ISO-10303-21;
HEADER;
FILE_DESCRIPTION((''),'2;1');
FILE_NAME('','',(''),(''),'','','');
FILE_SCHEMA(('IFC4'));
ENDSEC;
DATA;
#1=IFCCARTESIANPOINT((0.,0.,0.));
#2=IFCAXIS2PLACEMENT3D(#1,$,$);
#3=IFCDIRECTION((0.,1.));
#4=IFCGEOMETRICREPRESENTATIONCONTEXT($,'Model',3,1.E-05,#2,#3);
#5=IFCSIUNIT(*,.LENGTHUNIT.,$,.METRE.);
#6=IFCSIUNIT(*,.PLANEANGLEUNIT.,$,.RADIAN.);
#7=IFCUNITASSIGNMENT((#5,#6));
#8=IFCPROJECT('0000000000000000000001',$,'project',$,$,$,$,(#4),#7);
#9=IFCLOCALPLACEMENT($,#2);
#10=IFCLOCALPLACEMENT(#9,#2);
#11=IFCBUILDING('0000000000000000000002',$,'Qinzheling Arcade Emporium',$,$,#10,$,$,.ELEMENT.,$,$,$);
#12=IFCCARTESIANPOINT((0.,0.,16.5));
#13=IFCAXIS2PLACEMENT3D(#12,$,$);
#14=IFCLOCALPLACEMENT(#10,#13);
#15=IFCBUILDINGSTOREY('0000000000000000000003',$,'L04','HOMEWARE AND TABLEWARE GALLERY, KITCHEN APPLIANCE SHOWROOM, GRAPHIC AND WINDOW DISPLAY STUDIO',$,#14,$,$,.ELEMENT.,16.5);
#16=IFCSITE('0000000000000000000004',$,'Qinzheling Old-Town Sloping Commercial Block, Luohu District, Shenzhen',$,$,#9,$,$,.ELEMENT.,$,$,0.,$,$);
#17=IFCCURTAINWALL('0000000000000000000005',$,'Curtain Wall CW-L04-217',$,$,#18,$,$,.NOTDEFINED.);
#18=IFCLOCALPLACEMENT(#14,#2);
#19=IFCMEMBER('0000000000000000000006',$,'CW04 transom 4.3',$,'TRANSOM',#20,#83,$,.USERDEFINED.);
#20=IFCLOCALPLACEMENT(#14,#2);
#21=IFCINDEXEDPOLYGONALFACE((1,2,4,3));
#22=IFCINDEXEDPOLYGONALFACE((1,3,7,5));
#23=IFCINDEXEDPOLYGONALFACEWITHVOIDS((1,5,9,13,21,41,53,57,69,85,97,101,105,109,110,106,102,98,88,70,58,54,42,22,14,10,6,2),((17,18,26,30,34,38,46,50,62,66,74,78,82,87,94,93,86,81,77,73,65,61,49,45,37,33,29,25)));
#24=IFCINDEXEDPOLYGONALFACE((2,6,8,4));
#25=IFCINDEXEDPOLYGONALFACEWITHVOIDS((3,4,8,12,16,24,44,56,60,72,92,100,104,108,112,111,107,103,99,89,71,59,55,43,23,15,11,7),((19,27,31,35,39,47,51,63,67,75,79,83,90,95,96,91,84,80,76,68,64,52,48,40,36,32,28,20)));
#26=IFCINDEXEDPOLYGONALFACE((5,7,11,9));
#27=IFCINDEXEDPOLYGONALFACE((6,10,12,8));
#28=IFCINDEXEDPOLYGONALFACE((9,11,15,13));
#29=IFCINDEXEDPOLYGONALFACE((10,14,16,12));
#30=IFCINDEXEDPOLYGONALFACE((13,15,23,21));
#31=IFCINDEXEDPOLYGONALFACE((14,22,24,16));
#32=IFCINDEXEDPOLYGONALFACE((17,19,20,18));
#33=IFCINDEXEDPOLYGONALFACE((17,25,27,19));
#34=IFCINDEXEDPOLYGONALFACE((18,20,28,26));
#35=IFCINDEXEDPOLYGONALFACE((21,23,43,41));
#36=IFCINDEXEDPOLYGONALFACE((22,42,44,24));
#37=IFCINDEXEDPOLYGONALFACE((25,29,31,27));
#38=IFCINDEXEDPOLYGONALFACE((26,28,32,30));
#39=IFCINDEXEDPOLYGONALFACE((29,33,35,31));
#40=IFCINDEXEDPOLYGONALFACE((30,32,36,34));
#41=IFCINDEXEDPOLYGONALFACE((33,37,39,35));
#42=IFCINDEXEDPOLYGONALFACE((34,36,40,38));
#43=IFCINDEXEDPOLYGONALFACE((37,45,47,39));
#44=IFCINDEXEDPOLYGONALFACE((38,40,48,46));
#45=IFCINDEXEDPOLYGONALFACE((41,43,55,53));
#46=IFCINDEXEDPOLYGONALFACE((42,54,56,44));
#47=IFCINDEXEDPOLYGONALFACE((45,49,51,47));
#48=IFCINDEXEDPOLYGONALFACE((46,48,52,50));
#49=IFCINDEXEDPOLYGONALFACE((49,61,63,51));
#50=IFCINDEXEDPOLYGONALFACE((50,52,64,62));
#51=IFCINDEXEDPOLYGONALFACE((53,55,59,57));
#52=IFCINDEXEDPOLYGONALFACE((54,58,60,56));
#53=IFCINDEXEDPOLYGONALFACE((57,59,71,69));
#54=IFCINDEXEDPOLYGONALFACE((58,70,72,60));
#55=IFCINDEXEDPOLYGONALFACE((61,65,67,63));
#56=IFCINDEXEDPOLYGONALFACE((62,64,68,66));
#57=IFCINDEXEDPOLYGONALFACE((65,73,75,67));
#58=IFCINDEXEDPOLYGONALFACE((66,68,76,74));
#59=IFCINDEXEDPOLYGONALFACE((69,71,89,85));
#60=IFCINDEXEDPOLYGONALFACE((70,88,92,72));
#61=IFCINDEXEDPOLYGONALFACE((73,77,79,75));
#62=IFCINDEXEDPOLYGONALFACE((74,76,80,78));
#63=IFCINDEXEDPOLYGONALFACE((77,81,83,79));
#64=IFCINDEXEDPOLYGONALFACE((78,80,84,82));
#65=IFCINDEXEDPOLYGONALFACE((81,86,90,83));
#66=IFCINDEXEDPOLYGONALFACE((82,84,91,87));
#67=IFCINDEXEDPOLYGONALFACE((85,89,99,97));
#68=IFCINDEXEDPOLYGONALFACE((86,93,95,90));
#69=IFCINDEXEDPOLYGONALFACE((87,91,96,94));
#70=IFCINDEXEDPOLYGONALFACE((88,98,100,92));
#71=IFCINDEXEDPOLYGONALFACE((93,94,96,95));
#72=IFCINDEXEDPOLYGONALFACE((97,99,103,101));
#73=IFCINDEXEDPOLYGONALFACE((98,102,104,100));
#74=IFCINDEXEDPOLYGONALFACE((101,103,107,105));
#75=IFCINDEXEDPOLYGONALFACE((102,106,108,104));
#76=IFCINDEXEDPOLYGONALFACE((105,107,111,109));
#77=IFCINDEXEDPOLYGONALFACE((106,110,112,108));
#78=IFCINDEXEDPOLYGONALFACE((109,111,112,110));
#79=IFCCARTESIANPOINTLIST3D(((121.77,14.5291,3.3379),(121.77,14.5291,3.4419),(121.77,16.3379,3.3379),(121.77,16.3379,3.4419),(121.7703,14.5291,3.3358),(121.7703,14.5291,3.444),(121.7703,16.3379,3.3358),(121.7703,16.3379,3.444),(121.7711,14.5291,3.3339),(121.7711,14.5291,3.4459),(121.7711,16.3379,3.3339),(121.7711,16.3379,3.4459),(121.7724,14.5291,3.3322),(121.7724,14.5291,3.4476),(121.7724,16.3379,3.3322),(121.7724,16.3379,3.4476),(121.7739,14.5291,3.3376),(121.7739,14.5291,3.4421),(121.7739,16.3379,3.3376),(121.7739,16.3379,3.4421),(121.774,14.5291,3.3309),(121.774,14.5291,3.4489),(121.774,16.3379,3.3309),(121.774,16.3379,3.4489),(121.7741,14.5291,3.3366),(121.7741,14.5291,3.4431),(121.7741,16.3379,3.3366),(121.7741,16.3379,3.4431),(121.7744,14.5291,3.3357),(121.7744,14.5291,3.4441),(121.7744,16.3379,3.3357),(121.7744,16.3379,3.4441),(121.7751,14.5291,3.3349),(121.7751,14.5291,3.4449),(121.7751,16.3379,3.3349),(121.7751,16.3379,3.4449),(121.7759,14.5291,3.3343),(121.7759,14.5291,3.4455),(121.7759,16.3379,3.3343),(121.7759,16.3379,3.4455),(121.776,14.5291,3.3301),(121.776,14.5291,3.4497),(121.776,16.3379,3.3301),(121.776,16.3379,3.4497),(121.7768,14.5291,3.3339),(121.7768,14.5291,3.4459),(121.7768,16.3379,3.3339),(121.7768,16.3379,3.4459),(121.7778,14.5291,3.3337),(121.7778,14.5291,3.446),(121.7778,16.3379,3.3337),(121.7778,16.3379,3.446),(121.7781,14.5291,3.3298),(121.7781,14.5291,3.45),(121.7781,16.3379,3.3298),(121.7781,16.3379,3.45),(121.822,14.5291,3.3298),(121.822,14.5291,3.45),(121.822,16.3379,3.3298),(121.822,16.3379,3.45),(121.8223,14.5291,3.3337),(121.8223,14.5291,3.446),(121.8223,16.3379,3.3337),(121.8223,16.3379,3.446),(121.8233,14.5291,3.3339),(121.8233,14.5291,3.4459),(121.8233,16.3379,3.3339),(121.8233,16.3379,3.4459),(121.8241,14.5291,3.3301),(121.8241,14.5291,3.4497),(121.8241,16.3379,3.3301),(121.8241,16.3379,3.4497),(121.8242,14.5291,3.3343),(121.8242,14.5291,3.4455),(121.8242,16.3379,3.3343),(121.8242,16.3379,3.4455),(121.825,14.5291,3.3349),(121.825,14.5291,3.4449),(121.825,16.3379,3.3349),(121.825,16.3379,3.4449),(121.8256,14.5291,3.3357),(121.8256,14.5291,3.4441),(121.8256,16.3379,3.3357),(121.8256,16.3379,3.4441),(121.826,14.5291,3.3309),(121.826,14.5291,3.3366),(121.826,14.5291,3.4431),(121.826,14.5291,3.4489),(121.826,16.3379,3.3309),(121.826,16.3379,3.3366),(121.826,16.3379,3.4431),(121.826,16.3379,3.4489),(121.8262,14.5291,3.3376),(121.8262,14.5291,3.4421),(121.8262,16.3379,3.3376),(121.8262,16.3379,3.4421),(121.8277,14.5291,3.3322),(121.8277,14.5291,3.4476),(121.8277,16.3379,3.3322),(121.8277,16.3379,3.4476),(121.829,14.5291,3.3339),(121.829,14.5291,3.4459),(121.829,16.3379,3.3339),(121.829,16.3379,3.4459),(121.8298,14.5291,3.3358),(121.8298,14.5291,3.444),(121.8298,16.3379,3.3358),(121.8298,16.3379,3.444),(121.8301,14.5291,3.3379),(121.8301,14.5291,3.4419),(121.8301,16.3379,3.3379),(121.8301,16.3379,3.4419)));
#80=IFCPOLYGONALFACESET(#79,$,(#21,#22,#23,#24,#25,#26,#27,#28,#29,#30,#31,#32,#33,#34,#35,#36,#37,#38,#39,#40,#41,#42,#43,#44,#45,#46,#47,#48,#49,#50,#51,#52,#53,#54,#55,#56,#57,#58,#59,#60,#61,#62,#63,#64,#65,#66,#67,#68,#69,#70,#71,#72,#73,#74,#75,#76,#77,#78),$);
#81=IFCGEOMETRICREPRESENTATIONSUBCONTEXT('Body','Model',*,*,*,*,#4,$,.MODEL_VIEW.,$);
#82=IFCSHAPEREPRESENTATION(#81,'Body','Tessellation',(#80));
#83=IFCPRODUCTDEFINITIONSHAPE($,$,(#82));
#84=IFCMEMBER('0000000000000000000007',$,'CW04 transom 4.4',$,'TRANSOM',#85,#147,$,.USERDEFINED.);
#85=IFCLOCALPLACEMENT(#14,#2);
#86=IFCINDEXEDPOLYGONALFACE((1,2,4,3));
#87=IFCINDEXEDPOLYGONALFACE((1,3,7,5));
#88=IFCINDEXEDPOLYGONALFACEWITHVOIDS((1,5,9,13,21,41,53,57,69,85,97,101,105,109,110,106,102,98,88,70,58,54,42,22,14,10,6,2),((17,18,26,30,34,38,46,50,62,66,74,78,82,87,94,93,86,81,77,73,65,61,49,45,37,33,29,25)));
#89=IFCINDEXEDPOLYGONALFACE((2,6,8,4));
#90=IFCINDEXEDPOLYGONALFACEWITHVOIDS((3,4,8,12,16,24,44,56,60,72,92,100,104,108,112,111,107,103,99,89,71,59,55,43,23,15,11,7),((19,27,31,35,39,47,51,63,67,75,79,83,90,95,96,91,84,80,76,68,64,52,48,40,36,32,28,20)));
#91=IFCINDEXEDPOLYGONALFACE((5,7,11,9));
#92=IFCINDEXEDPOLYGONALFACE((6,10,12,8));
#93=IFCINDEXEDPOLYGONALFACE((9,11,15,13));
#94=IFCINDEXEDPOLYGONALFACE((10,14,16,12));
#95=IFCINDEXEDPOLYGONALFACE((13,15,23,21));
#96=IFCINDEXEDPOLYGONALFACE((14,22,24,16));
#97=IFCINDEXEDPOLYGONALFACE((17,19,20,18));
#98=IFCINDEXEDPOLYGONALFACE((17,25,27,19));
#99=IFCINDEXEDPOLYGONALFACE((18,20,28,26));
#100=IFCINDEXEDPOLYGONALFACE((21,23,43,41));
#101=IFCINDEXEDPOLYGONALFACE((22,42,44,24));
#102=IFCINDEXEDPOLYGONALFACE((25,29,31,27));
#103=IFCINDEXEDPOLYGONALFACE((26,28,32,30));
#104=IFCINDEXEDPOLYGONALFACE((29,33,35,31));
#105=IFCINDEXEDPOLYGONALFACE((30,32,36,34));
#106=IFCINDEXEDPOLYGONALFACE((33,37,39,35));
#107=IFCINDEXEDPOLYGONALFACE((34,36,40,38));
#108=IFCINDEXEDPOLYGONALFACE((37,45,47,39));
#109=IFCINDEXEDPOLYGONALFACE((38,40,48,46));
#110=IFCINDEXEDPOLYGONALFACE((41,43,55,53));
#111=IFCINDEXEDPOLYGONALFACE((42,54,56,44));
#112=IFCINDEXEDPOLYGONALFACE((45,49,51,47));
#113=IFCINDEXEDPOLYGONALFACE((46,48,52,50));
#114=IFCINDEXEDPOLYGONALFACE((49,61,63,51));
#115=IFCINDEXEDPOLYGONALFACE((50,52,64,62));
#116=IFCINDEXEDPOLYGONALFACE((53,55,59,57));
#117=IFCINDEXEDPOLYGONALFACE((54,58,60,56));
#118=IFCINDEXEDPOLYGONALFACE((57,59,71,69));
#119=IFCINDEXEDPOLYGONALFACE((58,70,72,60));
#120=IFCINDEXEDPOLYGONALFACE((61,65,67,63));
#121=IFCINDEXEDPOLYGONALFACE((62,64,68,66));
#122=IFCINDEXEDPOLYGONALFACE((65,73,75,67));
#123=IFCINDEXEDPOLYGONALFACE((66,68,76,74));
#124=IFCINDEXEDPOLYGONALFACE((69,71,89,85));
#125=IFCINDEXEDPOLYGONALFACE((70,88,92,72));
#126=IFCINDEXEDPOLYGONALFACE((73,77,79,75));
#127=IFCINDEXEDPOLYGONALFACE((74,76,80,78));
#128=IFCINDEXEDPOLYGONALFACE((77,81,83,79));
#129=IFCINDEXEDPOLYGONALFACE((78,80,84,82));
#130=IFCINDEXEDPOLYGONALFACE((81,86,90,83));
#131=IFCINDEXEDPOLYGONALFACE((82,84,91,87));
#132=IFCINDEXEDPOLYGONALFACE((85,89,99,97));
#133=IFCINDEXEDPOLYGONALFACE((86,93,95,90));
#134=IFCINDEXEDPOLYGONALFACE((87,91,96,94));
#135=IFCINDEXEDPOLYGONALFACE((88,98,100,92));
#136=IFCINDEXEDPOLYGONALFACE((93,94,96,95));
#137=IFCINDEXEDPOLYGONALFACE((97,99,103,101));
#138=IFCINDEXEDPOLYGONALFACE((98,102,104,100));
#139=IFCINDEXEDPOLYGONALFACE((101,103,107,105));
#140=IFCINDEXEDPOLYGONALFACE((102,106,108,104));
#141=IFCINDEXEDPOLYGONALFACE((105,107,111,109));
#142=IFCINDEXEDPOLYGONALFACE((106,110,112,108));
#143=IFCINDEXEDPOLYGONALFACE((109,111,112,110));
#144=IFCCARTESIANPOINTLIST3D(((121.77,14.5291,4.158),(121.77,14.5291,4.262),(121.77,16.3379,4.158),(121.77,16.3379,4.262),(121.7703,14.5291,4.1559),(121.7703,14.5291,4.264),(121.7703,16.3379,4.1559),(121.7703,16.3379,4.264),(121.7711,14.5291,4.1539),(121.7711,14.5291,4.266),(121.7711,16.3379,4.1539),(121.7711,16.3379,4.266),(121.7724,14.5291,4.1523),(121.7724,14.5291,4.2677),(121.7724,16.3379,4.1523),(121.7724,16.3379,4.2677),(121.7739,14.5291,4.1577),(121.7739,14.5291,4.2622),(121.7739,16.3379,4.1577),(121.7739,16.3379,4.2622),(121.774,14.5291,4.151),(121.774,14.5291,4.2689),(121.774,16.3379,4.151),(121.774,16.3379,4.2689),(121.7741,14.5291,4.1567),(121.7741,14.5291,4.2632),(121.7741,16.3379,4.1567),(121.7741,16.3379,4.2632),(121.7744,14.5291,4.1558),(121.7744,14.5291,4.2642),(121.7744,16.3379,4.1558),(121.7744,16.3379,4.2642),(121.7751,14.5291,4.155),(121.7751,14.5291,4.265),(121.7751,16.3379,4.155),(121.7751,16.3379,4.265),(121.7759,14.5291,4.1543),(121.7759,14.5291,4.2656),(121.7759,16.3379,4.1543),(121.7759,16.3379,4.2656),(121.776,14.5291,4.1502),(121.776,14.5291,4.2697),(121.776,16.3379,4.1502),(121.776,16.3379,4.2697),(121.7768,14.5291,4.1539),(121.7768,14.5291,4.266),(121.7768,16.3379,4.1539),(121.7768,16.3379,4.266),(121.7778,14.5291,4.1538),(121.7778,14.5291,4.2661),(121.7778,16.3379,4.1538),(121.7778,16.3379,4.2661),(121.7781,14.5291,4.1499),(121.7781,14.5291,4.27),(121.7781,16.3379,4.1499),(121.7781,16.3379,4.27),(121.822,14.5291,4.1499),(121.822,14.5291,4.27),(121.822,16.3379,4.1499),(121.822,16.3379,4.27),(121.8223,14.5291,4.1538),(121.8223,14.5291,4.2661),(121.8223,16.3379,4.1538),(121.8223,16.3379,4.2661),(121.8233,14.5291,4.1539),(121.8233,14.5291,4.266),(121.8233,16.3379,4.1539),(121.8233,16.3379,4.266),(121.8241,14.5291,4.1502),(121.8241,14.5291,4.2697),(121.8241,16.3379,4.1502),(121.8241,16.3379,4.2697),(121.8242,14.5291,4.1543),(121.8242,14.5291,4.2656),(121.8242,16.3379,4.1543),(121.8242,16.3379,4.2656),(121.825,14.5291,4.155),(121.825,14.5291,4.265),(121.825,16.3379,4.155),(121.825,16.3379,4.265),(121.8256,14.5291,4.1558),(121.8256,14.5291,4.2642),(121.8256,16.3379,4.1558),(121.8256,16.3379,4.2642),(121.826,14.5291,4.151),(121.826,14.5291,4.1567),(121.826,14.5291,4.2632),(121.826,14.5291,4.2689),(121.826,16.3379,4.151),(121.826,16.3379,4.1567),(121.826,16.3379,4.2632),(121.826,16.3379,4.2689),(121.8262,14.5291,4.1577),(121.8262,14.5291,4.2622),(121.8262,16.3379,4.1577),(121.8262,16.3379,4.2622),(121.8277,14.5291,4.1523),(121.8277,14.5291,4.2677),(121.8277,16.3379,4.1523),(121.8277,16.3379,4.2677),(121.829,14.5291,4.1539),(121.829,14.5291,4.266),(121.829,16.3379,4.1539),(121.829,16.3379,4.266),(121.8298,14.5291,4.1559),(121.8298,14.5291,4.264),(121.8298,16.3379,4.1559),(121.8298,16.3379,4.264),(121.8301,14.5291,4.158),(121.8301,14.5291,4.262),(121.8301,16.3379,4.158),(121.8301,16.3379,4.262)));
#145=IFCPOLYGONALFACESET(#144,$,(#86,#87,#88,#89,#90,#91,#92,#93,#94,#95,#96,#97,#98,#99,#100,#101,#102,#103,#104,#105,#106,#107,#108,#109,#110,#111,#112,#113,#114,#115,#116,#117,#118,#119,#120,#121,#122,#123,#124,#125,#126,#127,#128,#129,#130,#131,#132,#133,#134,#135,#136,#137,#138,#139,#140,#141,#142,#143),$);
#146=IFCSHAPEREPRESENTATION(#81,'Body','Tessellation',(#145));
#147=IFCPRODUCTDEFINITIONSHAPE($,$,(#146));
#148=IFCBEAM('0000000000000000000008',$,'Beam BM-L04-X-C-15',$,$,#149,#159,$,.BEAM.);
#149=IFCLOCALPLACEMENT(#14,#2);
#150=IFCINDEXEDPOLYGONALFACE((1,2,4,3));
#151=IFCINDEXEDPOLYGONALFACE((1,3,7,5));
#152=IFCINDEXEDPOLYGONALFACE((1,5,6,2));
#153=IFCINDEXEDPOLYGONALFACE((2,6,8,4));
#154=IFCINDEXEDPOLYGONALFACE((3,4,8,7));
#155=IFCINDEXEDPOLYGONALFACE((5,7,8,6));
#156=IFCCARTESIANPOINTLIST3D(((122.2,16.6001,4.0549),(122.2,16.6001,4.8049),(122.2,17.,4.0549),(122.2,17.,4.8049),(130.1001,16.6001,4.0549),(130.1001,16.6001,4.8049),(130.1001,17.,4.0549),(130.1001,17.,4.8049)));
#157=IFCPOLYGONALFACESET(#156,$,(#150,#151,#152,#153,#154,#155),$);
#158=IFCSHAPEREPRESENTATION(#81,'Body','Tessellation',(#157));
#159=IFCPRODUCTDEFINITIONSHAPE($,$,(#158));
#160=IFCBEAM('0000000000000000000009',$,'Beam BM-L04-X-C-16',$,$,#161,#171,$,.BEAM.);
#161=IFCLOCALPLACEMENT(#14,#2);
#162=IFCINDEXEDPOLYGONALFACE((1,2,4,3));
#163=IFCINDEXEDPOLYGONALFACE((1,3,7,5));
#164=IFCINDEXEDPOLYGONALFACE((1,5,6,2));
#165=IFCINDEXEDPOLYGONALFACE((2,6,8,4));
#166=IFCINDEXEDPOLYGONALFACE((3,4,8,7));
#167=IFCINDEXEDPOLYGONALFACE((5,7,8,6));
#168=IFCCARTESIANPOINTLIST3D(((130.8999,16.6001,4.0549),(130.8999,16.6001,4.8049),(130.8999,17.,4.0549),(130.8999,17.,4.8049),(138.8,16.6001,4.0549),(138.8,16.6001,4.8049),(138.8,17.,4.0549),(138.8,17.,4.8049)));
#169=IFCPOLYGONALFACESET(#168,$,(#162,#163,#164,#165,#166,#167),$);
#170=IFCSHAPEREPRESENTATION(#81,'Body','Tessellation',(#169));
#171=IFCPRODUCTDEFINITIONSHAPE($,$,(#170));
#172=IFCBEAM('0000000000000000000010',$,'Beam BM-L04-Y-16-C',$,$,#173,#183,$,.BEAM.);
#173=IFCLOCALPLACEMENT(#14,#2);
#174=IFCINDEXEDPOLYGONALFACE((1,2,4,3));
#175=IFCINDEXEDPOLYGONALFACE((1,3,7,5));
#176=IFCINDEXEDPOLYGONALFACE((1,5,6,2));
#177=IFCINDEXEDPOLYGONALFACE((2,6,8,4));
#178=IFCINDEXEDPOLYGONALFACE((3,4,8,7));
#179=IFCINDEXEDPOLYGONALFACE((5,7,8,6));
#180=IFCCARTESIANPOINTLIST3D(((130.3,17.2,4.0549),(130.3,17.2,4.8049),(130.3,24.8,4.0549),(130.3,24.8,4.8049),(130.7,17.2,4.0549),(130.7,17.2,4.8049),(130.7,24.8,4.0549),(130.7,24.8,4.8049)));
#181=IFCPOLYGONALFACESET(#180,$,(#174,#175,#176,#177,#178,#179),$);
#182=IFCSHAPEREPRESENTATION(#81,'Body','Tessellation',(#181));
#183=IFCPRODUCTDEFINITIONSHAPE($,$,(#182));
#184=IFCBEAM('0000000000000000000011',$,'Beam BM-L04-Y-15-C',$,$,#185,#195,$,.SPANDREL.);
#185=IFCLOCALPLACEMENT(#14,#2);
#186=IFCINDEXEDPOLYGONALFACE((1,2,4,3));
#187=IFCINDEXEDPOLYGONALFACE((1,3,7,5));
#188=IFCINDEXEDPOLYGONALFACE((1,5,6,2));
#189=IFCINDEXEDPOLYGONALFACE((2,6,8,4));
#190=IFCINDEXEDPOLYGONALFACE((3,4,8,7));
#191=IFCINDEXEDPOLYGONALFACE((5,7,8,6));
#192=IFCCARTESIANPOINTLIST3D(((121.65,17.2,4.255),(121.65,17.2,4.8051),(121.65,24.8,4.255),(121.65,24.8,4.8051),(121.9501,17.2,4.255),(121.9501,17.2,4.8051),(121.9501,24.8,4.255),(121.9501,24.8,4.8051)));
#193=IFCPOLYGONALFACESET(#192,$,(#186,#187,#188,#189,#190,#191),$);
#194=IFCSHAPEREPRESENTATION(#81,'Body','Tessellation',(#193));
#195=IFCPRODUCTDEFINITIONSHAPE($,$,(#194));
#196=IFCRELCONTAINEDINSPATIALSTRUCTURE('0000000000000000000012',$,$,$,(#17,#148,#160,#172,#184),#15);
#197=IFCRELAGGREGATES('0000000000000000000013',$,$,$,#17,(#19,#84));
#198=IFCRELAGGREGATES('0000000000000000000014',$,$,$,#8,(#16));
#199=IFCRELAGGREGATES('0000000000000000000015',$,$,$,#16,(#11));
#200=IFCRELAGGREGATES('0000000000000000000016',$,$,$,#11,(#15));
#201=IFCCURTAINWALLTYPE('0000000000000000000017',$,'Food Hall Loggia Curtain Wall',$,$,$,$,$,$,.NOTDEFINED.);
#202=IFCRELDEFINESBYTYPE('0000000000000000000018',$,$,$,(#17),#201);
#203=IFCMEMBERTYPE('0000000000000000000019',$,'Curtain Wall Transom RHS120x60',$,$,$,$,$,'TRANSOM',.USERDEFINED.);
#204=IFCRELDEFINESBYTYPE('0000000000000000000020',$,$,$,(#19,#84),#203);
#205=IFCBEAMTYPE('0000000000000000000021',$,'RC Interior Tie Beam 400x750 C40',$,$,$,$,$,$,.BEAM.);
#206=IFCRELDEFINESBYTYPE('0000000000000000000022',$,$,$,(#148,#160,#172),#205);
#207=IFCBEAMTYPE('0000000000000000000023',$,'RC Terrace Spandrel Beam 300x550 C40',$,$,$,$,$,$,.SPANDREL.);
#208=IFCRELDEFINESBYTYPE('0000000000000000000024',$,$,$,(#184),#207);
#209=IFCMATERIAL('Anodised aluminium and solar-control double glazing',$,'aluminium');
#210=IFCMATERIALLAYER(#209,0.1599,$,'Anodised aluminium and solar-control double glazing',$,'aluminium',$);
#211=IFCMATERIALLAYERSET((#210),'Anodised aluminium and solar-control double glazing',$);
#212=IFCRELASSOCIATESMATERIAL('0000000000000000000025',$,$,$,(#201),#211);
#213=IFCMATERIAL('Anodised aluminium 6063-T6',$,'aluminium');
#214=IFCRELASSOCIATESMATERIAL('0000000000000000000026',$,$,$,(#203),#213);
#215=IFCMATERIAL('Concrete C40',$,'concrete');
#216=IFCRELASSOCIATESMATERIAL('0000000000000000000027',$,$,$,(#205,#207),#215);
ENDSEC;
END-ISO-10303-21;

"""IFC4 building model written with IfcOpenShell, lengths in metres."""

from ifc_helpers import new_model, si_unit, direction, frame, origin, origin_2d, place, context, subcontext, project, spatial, rectangle, hollow_rectangle, extrude, material, layer, layer_set, material_profile, profile_set, type_object, element, aggregate, save


model = new_model("IFC4")

# Units and contexts
model_context = context("Model", 3, precision=1e-05, world=origin(), true_north=direction((0.0, 1.0)))
body_context = subcontext(model_context, "Body", "Model", "MODEL_VIEW")
ifc_project = project(units=[si_unit("LENGTHUNIT", "METRE"), si_unit("PLANEANGLEUNIT", "RADIAN")], contexts=[model_context])

# Site, building, storey
site_placement = place(None, origin())
site = spatial("IfcSite", under=ifc_project, at=site_placement, Name="Qinzheling Old-Town Sloping Commercial Block, Luohu District, Shenzhen", CompositionType="ELEMENT", RefElevation=0.0)
building_placement = place(site_placement, origin())
building = spatial("IfcBuilding", under=site, at=building_placement, Name="Qinzheling Arcade Emporium", CompositionType="ELEMENT")
storey_placement = place(building_placement, frame((0.0, 0.0, 16.5)))
storey = spatial("IfcBuildingStorey", under=building, at=storey_placement, Name="L04", Description="HOMEWARE AND TABLEWARE GALLERY, KITCHEN APPLIANCE SHOWROOM, GRAPHIC AND WINDOW DISPLAY STUDIO", CompositionType="ELEMENT", Elevation=16.5)

# Shared definitions
ifc_material_1 = material(Name="Concrete C40", Category="concrete")

# Curtain wall, members
ifc_material_2 = material(Name="Anodised aluminium and solar-control double glazing", Category="aluminium")
ifc_layer_1 = layer(ifc_material_2, 0.1599, Name="Anodised aluminium and solar-control double glazing", Category="aluminium")
ifc_layer_set_1 = layer_set([ifc_layer_1], Name="Anodised aluminium and solar-control double glazing")
curtain_wall_type = type_object("IfcCurtainWallType", Name="Food Hall Loggia Curtain Wall", PredefinedType="NOTDEFINED", material=ifc_layer_set_1)
curtain_wall_placement = place(storey_placement, origin())
curtain_wall = element("IfcCurtainWall", 1, at=curtain_wall_placement, inside=storey, type_object=curtain_wall_type, Name="Curtain Wall CW-L04-217", PredefinedType="NOTDEFINED")
ifc_material_3 = material(Name="Anodised aluminium 6063-T6", Category="aluminium")
ifc_material_profile_1 = material_profile(ifc_material_3, hollow_rectangle(XDim=0.0601, YDim=0.1201, WallThickness=0.0039, InnerFilletRadius=0.0039, OuterFilletRadius=0.0081, at=origin_2d()), Name="RHS 120x60x4", Category="aluminium")
ifc_profile_set_1 = profile_set([ifc_material_profile_1], Name="Anodised aluminium 6063-T6")
member_type_1 = type_object("IfcMemberType", Name="Curtain Wall Transom RHS120x60", ElementType="TRANSOM", PredefinedType="USERDEFINED", material=ifc_profile_set_1)
member_1_placement = place(storey_placement, frame((121.8, 14.5291, 3.3899), z_axis=(0.0, 1.0, 0.0), x_axis=(-1.0, 0.0, 0.0)))
member_1 = element("IfcMember", 2, at=member_1_placement, type_object=member_type_1, Name="CW04 transom 4.3", ObjectType="TRANSOM", PredefinedType="USERDEFINED", context=body_context, shape_type="SweptSolid", body=[
    extrude(hollow_rectangle(XDim=0.0601, YDim=0.1201, WallThickness=0.0039, InnerFilletRadius=0.0039, OuterFilletRadius=0.0081, at=origin_2d()), origin(), (0.0, 0.0, 1.0), 1.8088),
])
member_2_placement = place(storey_placement, frame((121.8, 14.5291, 4.21), z_axis=(0.0, 1.0, 0.0), x_axis=(-1.0, 0.0, 0.0)))
member_2 = element("IfcMember", 3, at=member_2_placement, type_object=member_type_1, Name="CW04 transom 4.4", ObjectType="TRANSOM", PredefinedType="USERDEFINED", context=body_context, shape_type="SweptSolid", body=[
    extrude(hollow_rectangle(XDim=0.0601, YDim=0.1201, WallThickness=0.0039, InnerFilletRadius=0.0039, OuterFilletRadius=0.0081, at=origin_2d()), origin(), (0.0, 0.0, 1.0), 1.8088),
])

# Beams
ifc_material_profile_2 = material_profile(ifc_material_1, rectangle(XDim=0.3999, YDim=0.75, at=origin_2d()), Name="RC 400x750", Category="concrete")
ifc_profile_set_2 = profile_set([ifc_material_profile_2], Name="Concrete C40")
beam_type_1 = type_object("IfcBeamType", Name="RC Interior Tie Beam 400x750 C40", PredefinedType="BEAM", material=ifc_profile_set_2)
for number, where, z_axis, x_axis, name in (
    (4, (122.2, 16.8, 4.4299), (1.0, 0.0, 0.0), (0.0, 1.0, 0.0), "Beam BM-L04-X-C-15"),
    (5, (130.8999, 16.8, 4.4299), (1.0, 0.0, 0.0), (0.0, 1.0, 0.0), "Beam BM-L04-X-C-16"),
):
    element("IfcBeam", number, at=place(storey_placement, frame(where, z_axis=z_axis, x_axis=x_axis)), inside=storey, type_object=beam_type_1, Name=name, PredefinedType="BEAM", context=body_context, shape_type="SweptSolid", body=[
        extrude(rectangle(XDim=0.3999, YDim=0.75, at=origin_2d()), origin(), (0.0, 0.0, 1.0), 7.9001),
    ])
beam_1_placement = place(storey_placement, frame((130.5, 17.2, 4.4299), z_axis=(0.0, 1.0, 0.0), x_axis=(-1.0, 0.0, 0.0)))
element("IfcBeam", 6, at=beam_1_placement, inside=storey, type_object=beam_type_1, Name="Beam BM-L04-Y-16-C", PredefinedType="BEAM", context=body_context, shape_type="SweptSolid", body=[
    extrude(rectangle(XDim=0.3999, YDim=0.75, at=origin_2d()), origin(), (0.0, 0.0, 1.0), 7.6001),
])
ifc_material_profile_3 = material_profile(ifc_material_1, rectangle(XDim=0.3, YDim=0.55, at=origin_2d()), Name="RC 300x550", Category="concrete")
ifc_profile_set_3 = profile_set([ifc_material_profile_3], Name="Concrete C40")
beam_type_2 = type_object("IfcBeamType", Name="RC Terrace Spandrel Beam 300x550 C40", PredefinedType="SPANDREL", material=ifc_profile_set_3)
beam_2_placement = place(storey_placement, frame((121.8, 17.2, 4.53), z_axis=(0.0, 1.0, 0.0), x_axis=(-1.0, 0.0, 0.0)))
element("IfcBeam", 7, at=beam_2_placement, inside=storey, type_object=beam_type_2, Name="Beam BM-L04-Y-15-C", PredefinedType="SPANDREL", context=body_context, shape_type="SweptSolid", body=[
    extrude(rectangle(XDim=0.3, YDim=0.55, at=origin_2d()), origin(), (0.0, 0.0, 1.0), 7.6001),
])

aggregate(curtain_wall, [member_1, member_2])

save(model, "model.ifc")
